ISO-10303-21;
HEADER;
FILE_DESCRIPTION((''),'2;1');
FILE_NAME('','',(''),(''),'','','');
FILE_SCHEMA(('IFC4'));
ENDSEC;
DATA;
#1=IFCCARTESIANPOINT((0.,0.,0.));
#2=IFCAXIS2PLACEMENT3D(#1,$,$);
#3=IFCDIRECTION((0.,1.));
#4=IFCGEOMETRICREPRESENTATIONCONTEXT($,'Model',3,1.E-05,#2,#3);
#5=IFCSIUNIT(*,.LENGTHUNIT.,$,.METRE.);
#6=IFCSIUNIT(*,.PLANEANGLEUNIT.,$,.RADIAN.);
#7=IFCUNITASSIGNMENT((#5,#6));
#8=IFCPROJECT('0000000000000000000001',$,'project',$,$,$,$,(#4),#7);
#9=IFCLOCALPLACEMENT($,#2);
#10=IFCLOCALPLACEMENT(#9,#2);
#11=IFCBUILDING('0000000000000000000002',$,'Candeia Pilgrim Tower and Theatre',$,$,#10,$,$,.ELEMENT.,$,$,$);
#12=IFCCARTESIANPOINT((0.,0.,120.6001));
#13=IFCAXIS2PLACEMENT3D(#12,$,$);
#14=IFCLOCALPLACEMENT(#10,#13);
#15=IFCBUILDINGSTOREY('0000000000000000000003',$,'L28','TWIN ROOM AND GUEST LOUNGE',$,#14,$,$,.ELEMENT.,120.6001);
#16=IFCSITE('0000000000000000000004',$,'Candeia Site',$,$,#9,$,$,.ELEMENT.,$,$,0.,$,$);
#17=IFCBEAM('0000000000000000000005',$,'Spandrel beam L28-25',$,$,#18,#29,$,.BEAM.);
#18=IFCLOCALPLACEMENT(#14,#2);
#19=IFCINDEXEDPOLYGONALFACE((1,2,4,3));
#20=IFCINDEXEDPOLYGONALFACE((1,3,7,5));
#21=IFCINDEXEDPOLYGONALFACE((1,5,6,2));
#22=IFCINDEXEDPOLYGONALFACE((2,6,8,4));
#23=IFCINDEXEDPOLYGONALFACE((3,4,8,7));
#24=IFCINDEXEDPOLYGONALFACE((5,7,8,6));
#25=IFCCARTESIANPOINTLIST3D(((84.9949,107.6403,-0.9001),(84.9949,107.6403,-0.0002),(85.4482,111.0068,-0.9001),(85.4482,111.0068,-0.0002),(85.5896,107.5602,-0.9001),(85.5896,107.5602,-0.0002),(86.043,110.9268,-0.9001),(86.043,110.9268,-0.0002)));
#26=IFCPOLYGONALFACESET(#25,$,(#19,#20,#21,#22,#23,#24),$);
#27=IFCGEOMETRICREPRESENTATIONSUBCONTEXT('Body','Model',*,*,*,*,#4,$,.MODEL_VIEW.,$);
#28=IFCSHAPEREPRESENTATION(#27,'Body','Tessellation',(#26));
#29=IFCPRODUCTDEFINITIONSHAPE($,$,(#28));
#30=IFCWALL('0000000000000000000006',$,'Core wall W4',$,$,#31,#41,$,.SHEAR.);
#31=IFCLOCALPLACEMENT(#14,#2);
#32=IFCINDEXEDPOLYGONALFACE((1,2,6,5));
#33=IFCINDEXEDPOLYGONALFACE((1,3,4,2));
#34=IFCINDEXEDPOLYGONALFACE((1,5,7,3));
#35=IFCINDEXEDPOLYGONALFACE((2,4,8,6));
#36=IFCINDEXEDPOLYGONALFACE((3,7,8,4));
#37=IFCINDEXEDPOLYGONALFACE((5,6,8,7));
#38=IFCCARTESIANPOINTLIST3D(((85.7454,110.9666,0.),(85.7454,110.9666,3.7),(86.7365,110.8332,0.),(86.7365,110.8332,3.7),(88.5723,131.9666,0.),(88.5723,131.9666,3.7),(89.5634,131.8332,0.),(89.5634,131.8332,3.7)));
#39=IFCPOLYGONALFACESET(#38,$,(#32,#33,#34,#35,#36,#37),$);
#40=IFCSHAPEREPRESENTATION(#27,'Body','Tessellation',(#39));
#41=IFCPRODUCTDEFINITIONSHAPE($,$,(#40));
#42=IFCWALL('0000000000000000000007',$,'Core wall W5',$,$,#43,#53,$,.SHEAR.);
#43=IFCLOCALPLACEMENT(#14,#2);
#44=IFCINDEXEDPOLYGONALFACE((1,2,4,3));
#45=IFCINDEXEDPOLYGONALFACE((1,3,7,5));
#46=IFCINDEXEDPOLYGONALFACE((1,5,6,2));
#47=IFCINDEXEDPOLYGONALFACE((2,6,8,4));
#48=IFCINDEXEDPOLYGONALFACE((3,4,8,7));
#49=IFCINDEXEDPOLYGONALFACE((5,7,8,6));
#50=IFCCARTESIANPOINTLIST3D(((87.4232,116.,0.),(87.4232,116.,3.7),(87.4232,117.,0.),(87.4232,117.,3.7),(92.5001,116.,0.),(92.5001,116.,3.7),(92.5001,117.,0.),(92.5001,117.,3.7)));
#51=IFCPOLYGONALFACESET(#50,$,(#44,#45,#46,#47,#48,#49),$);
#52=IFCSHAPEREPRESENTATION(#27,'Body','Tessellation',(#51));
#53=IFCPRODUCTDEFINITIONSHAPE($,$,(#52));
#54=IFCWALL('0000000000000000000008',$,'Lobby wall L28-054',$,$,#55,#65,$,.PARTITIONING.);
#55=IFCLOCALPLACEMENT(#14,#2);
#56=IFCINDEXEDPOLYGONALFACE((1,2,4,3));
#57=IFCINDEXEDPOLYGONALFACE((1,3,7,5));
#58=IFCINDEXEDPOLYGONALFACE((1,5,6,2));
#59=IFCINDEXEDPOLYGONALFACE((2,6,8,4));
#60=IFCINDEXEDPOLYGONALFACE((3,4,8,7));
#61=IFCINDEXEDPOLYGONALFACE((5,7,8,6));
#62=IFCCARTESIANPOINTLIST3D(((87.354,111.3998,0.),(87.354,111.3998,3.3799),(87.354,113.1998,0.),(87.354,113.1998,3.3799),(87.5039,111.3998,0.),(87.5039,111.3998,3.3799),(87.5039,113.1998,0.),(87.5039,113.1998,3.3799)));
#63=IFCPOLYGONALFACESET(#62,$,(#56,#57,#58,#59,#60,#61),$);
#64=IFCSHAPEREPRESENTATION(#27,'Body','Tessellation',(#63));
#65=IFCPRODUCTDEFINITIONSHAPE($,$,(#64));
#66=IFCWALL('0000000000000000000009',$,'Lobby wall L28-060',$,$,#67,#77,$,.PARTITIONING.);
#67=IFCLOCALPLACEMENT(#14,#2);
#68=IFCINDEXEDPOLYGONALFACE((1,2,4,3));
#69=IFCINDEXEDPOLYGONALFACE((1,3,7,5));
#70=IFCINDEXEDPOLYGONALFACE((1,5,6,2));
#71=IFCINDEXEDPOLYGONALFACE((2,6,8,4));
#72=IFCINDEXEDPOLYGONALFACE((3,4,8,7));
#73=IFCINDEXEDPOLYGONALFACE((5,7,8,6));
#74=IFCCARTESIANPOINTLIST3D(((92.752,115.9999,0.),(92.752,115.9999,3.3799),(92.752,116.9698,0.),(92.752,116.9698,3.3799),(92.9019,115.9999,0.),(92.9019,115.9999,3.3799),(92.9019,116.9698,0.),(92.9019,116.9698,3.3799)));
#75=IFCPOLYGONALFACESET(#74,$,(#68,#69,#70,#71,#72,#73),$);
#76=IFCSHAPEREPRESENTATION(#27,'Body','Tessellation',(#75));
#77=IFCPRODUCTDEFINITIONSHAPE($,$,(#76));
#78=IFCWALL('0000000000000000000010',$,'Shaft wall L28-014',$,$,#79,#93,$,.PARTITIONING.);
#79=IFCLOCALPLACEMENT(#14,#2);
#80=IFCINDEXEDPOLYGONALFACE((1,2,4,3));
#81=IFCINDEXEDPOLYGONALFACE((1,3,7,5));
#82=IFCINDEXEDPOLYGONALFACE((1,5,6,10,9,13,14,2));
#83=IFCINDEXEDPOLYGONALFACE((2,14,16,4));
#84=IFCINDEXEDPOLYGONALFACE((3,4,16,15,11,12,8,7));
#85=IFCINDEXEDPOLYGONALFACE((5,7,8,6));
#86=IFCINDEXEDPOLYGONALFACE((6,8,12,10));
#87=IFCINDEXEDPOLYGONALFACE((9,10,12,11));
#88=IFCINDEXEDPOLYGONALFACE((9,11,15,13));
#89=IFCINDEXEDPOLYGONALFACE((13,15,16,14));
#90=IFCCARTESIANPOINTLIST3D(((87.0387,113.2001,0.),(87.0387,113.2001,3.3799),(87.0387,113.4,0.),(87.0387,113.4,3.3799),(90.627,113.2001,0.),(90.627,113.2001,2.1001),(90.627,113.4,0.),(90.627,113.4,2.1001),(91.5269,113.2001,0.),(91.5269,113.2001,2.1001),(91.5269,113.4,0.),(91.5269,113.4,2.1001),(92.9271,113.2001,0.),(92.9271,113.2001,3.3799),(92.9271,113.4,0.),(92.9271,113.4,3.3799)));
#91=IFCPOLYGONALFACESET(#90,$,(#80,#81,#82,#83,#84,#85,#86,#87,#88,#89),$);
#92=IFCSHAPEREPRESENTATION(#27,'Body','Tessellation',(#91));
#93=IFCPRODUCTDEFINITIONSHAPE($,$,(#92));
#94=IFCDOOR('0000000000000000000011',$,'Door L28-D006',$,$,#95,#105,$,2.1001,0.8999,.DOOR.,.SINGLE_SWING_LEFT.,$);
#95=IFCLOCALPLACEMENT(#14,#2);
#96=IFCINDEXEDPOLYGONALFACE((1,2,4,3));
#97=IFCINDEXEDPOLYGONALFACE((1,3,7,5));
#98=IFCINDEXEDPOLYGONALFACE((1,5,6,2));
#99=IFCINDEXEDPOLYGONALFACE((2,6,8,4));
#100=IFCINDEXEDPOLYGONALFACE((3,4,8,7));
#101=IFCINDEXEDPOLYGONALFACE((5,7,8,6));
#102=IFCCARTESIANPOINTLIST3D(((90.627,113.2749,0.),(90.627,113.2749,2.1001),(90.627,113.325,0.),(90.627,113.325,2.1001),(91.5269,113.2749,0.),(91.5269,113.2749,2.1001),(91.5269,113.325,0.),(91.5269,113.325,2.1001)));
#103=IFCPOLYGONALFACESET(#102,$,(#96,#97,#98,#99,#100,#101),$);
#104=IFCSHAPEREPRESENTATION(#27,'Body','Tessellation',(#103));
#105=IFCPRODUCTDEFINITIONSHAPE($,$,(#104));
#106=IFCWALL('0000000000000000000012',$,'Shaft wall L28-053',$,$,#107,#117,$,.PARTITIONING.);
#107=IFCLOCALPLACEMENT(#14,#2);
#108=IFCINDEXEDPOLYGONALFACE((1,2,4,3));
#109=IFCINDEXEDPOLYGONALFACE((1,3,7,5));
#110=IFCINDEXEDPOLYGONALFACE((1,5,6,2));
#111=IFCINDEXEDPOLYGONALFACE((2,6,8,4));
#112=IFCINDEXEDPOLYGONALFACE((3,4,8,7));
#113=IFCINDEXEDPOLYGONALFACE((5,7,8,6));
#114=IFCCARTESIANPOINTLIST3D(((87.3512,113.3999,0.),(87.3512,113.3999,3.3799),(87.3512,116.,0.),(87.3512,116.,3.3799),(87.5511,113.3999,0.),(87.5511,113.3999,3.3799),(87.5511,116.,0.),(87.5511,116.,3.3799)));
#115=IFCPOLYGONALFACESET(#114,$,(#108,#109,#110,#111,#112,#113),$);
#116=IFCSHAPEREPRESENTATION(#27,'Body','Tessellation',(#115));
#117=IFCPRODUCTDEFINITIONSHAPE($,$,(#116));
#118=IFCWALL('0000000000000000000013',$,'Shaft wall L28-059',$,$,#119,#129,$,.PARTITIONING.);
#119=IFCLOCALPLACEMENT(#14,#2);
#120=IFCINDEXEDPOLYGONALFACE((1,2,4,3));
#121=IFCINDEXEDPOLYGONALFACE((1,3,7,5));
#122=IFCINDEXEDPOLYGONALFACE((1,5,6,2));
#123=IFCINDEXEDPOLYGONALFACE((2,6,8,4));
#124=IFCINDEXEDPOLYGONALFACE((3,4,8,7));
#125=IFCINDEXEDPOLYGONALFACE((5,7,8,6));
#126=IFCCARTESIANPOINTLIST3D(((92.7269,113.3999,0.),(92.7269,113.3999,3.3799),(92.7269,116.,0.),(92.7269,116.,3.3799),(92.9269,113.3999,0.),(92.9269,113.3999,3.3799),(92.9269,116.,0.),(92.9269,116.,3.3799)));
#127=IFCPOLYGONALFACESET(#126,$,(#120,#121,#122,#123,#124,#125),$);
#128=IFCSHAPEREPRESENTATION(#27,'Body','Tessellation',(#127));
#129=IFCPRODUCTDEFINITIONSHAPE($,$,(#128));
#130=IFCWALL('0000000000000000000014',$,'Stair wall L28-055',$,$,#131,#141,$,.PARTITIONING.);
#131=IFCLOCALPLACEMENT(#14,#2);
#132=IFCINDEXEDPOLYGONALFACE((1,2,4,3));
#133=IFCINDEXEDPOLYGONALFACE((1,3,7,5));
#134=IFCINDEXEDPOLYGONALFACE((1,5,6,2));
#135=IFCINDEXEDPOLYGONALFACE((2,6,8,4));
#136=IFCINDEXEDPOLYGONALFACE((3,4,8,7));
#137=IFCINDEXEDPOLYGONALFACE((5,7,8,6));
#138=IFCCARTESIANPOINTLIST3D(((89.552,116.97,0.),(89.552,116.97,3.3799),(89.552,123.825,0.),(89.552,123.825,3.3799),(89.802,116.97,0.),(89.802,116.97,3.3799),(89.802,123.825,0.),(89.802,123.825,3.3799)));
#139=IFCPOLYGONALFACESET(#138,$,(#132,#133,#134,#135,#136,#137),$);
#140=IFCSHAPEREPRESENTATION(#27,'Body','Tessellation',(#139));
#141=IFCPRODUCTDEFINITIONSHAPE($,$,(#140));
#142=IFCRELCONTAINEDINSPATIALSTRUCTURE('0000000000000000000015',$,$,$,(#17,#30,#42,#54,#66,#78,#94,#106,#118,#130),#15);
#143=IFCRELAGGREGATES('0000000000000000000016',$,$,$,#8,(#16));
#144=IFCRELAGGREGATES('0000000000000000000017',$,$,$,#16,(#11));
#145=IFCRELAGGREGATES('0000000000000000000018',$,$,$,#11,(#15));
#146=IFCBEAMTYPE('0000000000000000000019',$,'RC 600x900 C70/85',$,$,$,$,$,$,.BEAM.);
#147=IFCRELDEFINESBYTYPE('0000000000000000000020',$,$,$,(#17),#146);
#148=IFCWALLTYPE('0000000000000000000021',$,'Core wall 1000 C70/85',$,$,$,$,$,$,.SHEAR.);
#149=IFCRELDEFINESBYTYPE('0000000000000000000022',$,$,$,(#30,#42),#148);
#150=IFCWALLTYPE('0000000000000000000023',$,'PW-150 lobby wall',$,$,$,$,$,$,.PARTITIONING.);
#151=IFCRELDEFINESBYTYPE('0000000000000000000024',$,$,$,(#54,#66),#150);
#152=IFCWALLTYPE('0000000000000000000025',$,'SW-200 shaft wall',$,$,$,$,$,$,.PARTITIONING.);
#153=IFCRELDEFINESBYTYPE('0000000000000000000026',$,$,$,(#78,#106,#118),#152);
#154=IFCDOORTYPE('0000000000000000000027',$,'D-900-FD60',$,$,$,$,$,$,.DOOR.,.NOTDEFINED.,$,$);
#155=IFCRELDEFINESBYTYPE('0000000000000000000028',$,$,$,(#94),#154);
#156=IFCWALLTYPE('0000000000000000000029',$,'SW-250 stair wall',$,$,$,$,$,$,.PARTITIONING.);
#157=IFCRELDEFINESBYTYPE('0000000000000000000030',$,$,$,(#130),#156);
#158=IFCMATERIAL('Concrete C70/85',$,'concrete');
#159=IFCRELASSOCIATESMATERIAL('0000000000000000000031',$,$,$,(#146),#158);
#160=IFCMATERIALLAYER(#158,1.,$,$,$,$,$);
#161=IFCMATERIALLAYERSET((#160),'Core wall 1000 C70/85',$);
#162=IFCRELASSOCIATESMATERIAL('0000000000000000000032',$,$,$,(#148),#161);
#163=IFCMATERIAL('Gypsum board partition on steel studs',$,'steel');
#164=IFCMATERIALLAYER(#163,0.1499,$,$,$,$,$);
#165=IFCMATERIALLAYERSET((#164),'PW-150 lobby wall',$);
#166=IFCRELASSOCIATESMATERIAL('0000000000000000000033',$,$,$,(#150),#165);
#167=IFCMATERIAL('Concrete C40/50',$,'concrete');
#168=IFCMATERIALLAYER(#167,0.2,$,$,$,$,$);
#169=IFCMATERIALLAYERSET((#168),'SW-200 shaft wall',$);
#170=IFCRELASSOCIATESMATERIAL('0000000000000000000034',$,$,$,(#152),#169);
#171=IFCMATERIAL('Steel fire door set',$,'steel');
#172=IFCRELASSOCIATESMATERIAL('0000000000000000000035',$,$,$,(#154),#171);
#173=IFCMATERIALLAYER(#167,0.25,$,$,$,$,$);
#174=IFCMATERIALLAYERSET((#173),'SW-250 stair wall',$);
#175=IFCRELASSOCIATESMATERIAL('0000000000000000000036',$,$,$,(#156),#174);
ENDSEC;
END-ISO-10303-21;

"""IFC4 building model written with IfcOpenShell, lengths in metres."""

from ifc_helpers import new_model, si_unit, direction, frame, frame_2d, origin, origin_2d, place, context, subcontext, project, spatial, rectangle, extrude, material, layer, layer_set, material_profile, profile_set, type_object, element, fill, save


model = new_model("IFC4")

# Units and contexts
model_context = context("Model", 3, precision=1e-05, world=origin(), true_north=direction((0.0, 1.0)))
body_context = subcontext(model_context, "Body", "Model", "MODEL_VIEW")
ifc_project = project(units=[si_unit("LENGTHUNIT", "METRE"), si_unit("PLANEANGLEUNIT", "RADIAN")], contexts=[model_context])

# Site, building, storey
site_placement = place(None, origin())
site = spatial("IfcSite", under=ifc_project, at=site_placement, Name="Candeia Site", CompositionType="ELEMENT", RefElevation=0.0)
building_placement = place(site_placement, origin())
building = spatial("IfcBuilding", under=site, at=building_placement, Name="Candeia Pilgrim Tower and Theatre", CompositionType="ELEMENT")
storey_placement = place(building_placement, frame((0.0, 0.0, 120.6001)))
storey = spatial("IfcBuildingStorey", under=building, at=storey_placement, Name="L28", Description="TWIN ROOM AND GUEST LOUNGE", CompositionType="ELEMENT", Elevation=120.6001)

# Beam
ifc_material_1 = material(Name="Concrete C70/85", Category="concrete")
ifc_material_profile = material_profile(ifc_material_1, rectangle(XDim=0.6001, YDim=0.8999, at=origin_2d()))
ifc_profile_set = profile_set([ifc_material_profile], Name="Concrete C70/85")
beam_type = type_object("IfcBeamType", Name="RC 600x900 C70/85", PredefinedType="BEAM", material=ifc_profile_set)
beam_placement = place(storey_placement, frame((85.7456, 110.9668, -0.4502), z_axis=(-0.133458, -0.991054, 0.0), x_axis=(0.991054, -0.133458, 0.0)))
element("IfcBeam", 1, at=beam_placement, inside=storey, type_object=beam_type, Name="Spandrel beam L28-25", PredefinedType="BEAM", context=body_context, shape_type="SweptSolid", body=[
    extrude(rectangle(XDim=0.6001, YDim=0.8999, at=origin_2d()), origin(), (0.0, 0.0, 1.0), 3.397),
])

# Walls
ifc_layer_1 = layer(ifc_material_1, 1.0)
ifc_layer_set_1 = layer_set([ifc_layer_1], Name="Core wall 1000 C70/85")
wall_type_1 = type_object("IfcWallType", Name="Core wall 1000 C70/85", PredefinedType="SHEAR", material=ifc_layer_set_1)
wall_1_placement = place(storey_placement, frame((86.241, 110.8999, 0.0), z_axis=(0.0, 0.0, 1.0), x_axis=(0.133411, 0.991061, 0.0)))
element("IfcWall", 2, at=wall_1_placement, inside=storey, type_object=wall_type_1, Name="Core wall W4", PredefinedType="SHEAR", context=body_context, shape_type="SweptSolid", body=[
    extrude(rectangle(XDim=21.1895, YDim=1.0, at=frame_2d((10.5947, 0.0))), origin(), (0.0, 0.0, 1.0), 3.7),
])
wall_2_placement = place(storey_placement, frame((87.4231, 116.5, 0.0), z_axis=(0.0, 0.0, 1.0), x_axis=(1.0, 0.0, 0.0)))
element("IfcWall", 3, at=wall_2_placement, inside=storey, type_object=wall_type_1, Name="Core wall W5", PredefinedType="SHEAR", context=body_context, shape_type="SweptSolid", body=[
    extrude(rectangle(XDim=5.0769, YDim=1.0, at=frame_2d((2.5386, 0.0))), origin(), (0.0, 0.0, 1.0), 3.7),
])
ifc_material_2 = material(Name="Gypsum board partition on steel studs", Category="steel")
ifc_layer_2 = layer(ifc_material_2, 0.1499)
ifc_layer_set_2 = layer_set([ifc_layer_2], Name="PW-150 lobby wall")
wall_type_2 = type_object("IfcWallType", Name="PW-150 lobby wall", PredefinedType="PARTITIONING", material=ifc_layer_set_2)
wall_3_placement = place(storey_placement, frame((87.429, 111.3999, 0.0), z_axis=(0.0, 0.0, 1.0), x_axis=(0.0, 1.0, 0.0)))
element("IfcWall", 4, at=wall_3_placement, inside=storey, type_object=wall_type_2, Name="Lobby wall L28-054", PredefinedType="PARTITIONING", context=body_context, shape_type="SweptSolid", body=[
    extrude(rectangle(XDim=1.8, YDim=0.1499, at=frame_2d((0.8999, 0.0))), origin(), (0.0, 0.0, 1.0), 3.3799),
])
wall_4_placement = place(storey_placement, frame((92.8269, 116.0, 0.0), z_axis=(0.0, 0.0, 1.0), x_axis=(0.0, 1.0, 0.0)))
element("IfcWall", 5, at=wall_4_placement, inside=storey, type_object=wall_type_2, Name="Lobby wall L28-060", PredefinedType="PARTITIONING", context=body_context, shape_type="SweptSolid", body=[
    extrude(rectangle(XDim=0.97, YDim=0.1499, at=frame_2d((0.4849, 0.0))), origin(), (0.0, 0.0, 1.0), 3.3799),
])

# Wall, opening, door
ifc_material_3 = material(Name="Concrete C40/50", Category="concrete")
ifc_layer_3 = layer(ifc_material_3, 0.2)
ifc_layer_set_3 = layer_set([ifc_layer_3], Name="SW-200 shaft wall")
wall_type_3 = type_object("IfcWallType", Name="SW-200 shaft wall", PredefinedType="PARTITIONING", material=ifc_layer_set_3)
wall_5_placement = place(storey_placement, frame((87.0386, 113.3, 0.0), z_axis=(0.0, 0.0, 1.0), x_axis=(1.0, 0.0, 0.0)))
wall_5 = element("IfcWall", 6, at=wall_5_placement, inside=storey, type_object=wall_type_3, Name="Shaft wall L28-014", PredefinedType="PARTITIONING", context=body_context, shape_type="SweptSolid", body=[
    extrude(rectangle(XDim=5.8884, YDim=0.2, at=frame_2d((2.9443, 0.0))), origin(), (0.0, 0.0, 1.0), 3.3799),
])
opening_placement = place(wall_5_placement, frame((3.5884, 0.0, 0.0)))
opening = element("IfcOpeningElement", 7, at=opening_placement, cuts=wall_5, PredefinedType="OPENING", context=body_context, shape_type="SweptSolid", body=[
    extrude(rectangle(XDim=0.8999, YDim=2.1001, at=frame_2d((0.45, 1.05))), frame((0.0, 0.1099, 0.0), z_axis=(0.0, -1.0, 0.0), x_axis=(1.0, 0.0, 0.0)), (0.0, 0.0, 1.0), 0.22),
])
ifc_material_4 = material(Name="Steel fire door set", Category="steel")
door_type = type_object("IfcDoorType", Name="D-900-FD60", OperationType="NOTDEFINED", PredefinedType="DOOR", material=ifc_material_4)
door_placement = place(opening_placement, origin())
door = element("IfcDoor", 8, at=door_placement, inside=storey, type_object=door_type, Name="Door L28-D006", OperationType="SINGLE_SWING_LEFT", OverallHeight=2.1001, OverallWidth=0.8999, PredefinedType="DOOR", context=body_context, shape_type="SweptSolid", body=[
    extrude(rectangle(XDim=0.8999, YDim=2.1001, at=frame_2d((0.45, 1.05))), frame((0.0, 0.0249, 0.0), z_axis=(0.0, -1.0, 0.0), x_axis=(1.0, 0.0, 0.0)), (0.0, 0.0, 1.0), 0.05),
])
fill(opening, door)

# Walls
for number, where, z_axis, x_axis, name in (
    (9, (87.4512, 113.3999, 0.0), (0.0, 0.0, 1.0), (0.0, 1.0, 0.0), "Shaft wall L28-053"),
    (10, (92.8269, 113.3999, 0.0), (0.0, 0.0, 1.0), (0.0, 1.0, 0.0), "Shaft wall L28-059"),
):
    element("IfcWall", number, at=place(storey_placement, frame(where, z_axis=z_axis, x_axis=x_axis)), inside=storey, type_object=wall_type_3, Name=name, PredefinedType="PARTITIONING", context=body_context, shape_type="SweptSolid", body=[
        extrude(rectangle(XDim=2.6001, YDim=0.2, at=frame_2d((1.3, 0.0))), origin(), (0.0, 0.0, 1.0), 3.3799),
    ])
ifc_layer_4 = layer(ifc_material_3, 0.25)
ifc_layer_set_4 = layer_set([ifc_layer_4], Name="SW-250 stair wall")
wall_type_4 = type_object("IfcWallType", Name="SW-250 stair wall", PredefinedType="PARTITIONING", material=ifc_layer_set_4)
wall_6_placement = place(storey_placement, frame((89.677, 116.97, 0.0), z_axis=(0.0, 0.0, 1.0), x_axis=(0.0, 1.0, 0.0)))
element("IfcWall", 11, at=wall_6_placement, inside=storey, type_object=wall_type_4, Name="Stair wall L28-055", PredefinedType="PARTITIONING", context=body_context, shape_type="SweptSolid", body=[
    extrude(rectangle(XDim=6.855, YDim=0.25, at=frame_2d((3.4275, 0.0))), origin(), (0.0, 0.0, 1.0), 3.3799),
])

save(model, "model.ifc")
